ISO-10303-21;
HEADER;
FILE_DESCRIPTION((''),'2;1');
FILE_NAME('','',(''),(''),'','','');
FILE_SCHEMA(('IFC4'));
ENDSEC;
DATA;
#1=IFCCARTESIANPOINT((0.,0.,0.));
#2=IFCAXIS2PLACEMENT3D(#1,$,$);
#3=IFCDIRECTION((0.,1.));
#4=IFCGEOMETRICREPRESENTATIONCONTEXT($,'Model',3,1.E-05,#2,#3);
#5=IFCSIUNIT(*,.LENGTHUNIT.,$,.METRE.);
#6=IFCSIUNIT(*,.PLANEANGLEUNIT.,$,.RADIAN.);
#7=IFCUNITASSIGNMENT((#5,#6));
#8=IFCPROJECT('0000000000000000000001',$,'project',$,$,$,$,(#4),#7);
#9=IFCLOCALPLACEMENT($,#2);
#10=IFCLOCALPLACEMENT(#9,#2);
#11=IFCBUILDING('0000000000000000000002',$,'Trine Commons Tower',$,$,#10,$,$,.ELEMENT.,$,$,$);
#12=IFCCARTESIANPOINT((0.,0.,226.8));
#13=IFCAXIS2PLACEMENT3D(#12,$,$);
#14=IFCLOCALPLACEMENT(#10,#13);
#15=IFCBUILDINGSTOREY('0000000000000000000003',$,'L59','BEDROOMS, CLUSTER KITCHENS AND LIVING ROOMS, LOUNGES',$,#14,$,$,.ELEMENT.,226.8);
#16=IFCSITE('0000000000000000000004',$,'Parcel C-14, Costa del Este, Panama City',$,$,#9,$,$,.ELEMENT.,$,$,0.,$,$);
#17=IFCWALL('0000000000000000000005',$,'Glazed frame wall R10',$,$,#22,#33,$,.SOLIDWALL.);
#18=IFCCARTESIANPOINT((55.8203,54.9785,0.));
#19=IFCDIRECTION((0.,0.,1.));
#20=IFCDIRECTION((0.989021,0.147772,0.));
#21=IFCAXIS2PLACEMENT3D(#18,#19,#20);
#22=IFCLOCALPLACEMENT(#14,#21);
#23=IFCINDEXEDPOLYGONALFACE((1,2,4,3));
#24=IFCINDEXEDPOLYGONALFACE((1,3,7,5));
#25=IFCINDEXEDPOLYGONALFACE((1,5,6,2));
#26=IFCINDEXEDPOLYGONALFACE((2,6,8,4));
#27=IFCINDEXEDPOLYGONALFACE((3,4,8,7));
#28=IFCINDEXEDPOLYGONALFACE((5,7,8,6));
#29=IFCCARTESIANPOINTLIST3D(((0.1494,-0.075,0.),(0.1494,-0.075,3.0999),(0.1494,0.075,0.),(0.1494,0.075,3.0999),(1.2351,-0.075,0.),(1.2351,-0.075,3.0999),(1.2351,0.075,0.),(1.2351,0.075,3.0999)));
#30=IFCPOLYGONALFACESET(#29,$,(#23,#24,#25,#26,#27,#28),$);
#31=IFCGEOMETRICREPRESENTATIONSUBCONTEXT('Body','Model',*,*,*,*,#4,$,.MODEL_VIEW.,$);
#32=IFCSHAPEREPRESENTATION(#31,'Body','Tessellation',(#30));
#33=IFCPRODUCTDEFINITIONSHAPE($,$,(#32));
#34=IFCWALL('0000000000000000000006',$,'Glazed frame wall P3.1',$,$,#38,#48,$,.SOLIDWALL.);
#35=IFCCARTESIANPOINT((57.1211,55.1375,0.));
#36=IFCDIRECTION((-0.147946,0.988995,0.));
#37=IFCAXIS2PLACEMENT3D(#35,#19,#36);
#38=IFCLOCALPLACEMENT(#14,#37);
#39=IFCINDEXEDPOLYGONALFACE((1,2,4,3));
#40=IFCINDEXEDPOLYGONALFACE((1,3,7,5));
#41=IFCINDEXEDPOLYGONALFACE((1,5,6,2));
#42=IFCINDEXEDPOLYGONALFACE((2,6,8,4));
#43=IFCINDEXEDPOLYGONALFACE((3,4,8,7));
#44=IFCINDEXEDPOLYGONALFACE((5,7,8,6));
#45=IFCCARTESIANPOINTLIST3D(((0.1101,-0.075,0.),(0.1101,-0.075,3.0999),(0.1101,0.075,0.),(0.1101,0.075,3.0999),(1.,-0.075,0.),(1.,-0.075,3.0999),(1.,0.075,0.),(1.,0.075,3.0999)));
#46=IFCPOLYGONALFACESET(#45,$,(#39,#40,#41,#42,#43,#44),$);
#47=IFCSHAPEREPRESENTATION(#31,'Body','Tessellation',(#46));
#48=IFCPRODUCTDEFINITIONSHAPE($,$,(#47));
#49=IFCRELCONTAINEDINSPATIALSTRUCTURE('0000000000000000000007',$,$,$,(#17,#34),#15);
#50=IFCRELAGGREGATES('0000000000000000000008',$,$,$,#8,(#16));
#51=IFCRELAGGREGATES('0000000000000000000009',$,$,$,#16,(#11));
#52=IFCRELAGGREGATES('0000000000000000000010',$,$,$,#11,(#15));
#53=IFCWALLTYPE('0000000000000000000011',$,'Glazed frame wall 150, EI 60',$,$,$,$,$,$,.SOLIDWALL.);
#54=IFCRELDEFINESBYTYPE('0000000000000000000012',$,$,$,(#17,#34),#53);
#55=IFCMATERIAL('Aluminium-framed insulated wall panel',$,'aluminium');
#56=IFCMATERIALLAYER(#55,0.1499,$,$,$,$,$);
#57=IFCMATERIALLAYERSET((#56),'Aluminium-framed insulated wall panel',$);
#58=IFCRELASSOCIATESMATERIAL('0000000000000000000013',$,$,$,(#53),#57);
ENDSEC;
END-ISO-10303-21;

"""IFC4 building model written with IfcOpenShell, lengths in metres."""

from ifc_helpers import new_model, si_unit, direction, frame, origin, place, context, subcontext, project, spatial, polyline, outline, extrude, material, layer, layer_set, type_object, element, save


model = new_model("IFC4")

# Units and contexts
model_context = context("Model", 3, precision=1e-05, world=origin(), true_north=direction((0.0, 1.0)))
body_context = subcontext(model_context, "Body", "Model", "MODEL_VIEW")
ifc_project = project(units=[si_unit("LENGTHUNIT", "METRE"), si_unit("PLANEANGLEUNIT", "RADIAN")], contexts=[model_context])

# Site, building, storey
site_placement = place(None, origin())
site = spatial("IfcSite", under=ifc_project, at=site_placement, Name="Parcel C-14, Costa del Este, Panama City", CompositionType="ELEMENT", RefElevation=0.0)
building_placement = place(site_placement, origin())
building = spatial("IfcBuilding", under=site, at=building_placement, Name="Trine Commons Tower", CompositionType="ELEMENT")
storey_placement = place(building_placement, frame((0.0, 0.0, 226.8)))
storey = spatial("IfcBuildingStorey", under=building, at=storey_placement, Name="L59", Description="BEDROOMS, CLUSTER KITCHENS AND LIVING ROOMS, LOUNGES", CompositionType="ELEMENT", Elevation=226.8)

# Walls
ifc_material_1 = material(Name="Aluminium-framed insulated wall panel", Category="aluminium")
ifc_layer_1 = layer(ifc_material_1, 0.1499)
ifc_layer_set_1 = layer_set([ifc_layer_1], Name="Aluminium-framed insulated wall panel")
wall_type_1 = type_object("IfcWallType", Name="Glazed frame wall 150, EI 60", PredefinedType="SOLIDWALL", material=ifc_layer_set_1)
wall_1_placement = place(storey_placement, frame((55.8203, 54.9785, 0.0), z_axis=(0.0, 0.0, 1.0), x_axis=(0.989021, 0.147772, 0.0)))
element("IfcWall", 1, at=wall_1_placement, inside=storey, type_object=wall_type_1, Name="Glazed frame wall R10", PredefinedType="SOLIDWALL", context=body_context, shape_type="SweptSolid", body=[
    extrude(outline(polyline([(0.1494, 0.075), (0.1494, -0.075), (1.2351, -0.075), (1.2351, 0.075), (0.1494, 0.075)])), origin(), (0.0, 0.0, 1.0), 3.0999),
])
wall_2_placement = place(storey_placement, frame((57.1211, 55.1375, 0.0), z_axis=(0.0, 0.0, 1.0), x_axis=(-0.147946, 0.988995, 0.0)))
element("IfcWall", 2, at=wall_2_placement, inside=storey, type_object=wall_type_1, Name="Glazed frame wall P3.1", PredefinedType="SOLIDWALL", context=body_context, shape_type="SweptSolid", body=[
    extrude(outline(polyline([(0.1101, -0.075), (1.0, -0.075), (1.0, 0.075), (0.1101, 0.075), (0.1101, -0.075)])), origin(), (0.0, 0.0, 1.0), 3.0999),
])

save(model, "model.ifc")
